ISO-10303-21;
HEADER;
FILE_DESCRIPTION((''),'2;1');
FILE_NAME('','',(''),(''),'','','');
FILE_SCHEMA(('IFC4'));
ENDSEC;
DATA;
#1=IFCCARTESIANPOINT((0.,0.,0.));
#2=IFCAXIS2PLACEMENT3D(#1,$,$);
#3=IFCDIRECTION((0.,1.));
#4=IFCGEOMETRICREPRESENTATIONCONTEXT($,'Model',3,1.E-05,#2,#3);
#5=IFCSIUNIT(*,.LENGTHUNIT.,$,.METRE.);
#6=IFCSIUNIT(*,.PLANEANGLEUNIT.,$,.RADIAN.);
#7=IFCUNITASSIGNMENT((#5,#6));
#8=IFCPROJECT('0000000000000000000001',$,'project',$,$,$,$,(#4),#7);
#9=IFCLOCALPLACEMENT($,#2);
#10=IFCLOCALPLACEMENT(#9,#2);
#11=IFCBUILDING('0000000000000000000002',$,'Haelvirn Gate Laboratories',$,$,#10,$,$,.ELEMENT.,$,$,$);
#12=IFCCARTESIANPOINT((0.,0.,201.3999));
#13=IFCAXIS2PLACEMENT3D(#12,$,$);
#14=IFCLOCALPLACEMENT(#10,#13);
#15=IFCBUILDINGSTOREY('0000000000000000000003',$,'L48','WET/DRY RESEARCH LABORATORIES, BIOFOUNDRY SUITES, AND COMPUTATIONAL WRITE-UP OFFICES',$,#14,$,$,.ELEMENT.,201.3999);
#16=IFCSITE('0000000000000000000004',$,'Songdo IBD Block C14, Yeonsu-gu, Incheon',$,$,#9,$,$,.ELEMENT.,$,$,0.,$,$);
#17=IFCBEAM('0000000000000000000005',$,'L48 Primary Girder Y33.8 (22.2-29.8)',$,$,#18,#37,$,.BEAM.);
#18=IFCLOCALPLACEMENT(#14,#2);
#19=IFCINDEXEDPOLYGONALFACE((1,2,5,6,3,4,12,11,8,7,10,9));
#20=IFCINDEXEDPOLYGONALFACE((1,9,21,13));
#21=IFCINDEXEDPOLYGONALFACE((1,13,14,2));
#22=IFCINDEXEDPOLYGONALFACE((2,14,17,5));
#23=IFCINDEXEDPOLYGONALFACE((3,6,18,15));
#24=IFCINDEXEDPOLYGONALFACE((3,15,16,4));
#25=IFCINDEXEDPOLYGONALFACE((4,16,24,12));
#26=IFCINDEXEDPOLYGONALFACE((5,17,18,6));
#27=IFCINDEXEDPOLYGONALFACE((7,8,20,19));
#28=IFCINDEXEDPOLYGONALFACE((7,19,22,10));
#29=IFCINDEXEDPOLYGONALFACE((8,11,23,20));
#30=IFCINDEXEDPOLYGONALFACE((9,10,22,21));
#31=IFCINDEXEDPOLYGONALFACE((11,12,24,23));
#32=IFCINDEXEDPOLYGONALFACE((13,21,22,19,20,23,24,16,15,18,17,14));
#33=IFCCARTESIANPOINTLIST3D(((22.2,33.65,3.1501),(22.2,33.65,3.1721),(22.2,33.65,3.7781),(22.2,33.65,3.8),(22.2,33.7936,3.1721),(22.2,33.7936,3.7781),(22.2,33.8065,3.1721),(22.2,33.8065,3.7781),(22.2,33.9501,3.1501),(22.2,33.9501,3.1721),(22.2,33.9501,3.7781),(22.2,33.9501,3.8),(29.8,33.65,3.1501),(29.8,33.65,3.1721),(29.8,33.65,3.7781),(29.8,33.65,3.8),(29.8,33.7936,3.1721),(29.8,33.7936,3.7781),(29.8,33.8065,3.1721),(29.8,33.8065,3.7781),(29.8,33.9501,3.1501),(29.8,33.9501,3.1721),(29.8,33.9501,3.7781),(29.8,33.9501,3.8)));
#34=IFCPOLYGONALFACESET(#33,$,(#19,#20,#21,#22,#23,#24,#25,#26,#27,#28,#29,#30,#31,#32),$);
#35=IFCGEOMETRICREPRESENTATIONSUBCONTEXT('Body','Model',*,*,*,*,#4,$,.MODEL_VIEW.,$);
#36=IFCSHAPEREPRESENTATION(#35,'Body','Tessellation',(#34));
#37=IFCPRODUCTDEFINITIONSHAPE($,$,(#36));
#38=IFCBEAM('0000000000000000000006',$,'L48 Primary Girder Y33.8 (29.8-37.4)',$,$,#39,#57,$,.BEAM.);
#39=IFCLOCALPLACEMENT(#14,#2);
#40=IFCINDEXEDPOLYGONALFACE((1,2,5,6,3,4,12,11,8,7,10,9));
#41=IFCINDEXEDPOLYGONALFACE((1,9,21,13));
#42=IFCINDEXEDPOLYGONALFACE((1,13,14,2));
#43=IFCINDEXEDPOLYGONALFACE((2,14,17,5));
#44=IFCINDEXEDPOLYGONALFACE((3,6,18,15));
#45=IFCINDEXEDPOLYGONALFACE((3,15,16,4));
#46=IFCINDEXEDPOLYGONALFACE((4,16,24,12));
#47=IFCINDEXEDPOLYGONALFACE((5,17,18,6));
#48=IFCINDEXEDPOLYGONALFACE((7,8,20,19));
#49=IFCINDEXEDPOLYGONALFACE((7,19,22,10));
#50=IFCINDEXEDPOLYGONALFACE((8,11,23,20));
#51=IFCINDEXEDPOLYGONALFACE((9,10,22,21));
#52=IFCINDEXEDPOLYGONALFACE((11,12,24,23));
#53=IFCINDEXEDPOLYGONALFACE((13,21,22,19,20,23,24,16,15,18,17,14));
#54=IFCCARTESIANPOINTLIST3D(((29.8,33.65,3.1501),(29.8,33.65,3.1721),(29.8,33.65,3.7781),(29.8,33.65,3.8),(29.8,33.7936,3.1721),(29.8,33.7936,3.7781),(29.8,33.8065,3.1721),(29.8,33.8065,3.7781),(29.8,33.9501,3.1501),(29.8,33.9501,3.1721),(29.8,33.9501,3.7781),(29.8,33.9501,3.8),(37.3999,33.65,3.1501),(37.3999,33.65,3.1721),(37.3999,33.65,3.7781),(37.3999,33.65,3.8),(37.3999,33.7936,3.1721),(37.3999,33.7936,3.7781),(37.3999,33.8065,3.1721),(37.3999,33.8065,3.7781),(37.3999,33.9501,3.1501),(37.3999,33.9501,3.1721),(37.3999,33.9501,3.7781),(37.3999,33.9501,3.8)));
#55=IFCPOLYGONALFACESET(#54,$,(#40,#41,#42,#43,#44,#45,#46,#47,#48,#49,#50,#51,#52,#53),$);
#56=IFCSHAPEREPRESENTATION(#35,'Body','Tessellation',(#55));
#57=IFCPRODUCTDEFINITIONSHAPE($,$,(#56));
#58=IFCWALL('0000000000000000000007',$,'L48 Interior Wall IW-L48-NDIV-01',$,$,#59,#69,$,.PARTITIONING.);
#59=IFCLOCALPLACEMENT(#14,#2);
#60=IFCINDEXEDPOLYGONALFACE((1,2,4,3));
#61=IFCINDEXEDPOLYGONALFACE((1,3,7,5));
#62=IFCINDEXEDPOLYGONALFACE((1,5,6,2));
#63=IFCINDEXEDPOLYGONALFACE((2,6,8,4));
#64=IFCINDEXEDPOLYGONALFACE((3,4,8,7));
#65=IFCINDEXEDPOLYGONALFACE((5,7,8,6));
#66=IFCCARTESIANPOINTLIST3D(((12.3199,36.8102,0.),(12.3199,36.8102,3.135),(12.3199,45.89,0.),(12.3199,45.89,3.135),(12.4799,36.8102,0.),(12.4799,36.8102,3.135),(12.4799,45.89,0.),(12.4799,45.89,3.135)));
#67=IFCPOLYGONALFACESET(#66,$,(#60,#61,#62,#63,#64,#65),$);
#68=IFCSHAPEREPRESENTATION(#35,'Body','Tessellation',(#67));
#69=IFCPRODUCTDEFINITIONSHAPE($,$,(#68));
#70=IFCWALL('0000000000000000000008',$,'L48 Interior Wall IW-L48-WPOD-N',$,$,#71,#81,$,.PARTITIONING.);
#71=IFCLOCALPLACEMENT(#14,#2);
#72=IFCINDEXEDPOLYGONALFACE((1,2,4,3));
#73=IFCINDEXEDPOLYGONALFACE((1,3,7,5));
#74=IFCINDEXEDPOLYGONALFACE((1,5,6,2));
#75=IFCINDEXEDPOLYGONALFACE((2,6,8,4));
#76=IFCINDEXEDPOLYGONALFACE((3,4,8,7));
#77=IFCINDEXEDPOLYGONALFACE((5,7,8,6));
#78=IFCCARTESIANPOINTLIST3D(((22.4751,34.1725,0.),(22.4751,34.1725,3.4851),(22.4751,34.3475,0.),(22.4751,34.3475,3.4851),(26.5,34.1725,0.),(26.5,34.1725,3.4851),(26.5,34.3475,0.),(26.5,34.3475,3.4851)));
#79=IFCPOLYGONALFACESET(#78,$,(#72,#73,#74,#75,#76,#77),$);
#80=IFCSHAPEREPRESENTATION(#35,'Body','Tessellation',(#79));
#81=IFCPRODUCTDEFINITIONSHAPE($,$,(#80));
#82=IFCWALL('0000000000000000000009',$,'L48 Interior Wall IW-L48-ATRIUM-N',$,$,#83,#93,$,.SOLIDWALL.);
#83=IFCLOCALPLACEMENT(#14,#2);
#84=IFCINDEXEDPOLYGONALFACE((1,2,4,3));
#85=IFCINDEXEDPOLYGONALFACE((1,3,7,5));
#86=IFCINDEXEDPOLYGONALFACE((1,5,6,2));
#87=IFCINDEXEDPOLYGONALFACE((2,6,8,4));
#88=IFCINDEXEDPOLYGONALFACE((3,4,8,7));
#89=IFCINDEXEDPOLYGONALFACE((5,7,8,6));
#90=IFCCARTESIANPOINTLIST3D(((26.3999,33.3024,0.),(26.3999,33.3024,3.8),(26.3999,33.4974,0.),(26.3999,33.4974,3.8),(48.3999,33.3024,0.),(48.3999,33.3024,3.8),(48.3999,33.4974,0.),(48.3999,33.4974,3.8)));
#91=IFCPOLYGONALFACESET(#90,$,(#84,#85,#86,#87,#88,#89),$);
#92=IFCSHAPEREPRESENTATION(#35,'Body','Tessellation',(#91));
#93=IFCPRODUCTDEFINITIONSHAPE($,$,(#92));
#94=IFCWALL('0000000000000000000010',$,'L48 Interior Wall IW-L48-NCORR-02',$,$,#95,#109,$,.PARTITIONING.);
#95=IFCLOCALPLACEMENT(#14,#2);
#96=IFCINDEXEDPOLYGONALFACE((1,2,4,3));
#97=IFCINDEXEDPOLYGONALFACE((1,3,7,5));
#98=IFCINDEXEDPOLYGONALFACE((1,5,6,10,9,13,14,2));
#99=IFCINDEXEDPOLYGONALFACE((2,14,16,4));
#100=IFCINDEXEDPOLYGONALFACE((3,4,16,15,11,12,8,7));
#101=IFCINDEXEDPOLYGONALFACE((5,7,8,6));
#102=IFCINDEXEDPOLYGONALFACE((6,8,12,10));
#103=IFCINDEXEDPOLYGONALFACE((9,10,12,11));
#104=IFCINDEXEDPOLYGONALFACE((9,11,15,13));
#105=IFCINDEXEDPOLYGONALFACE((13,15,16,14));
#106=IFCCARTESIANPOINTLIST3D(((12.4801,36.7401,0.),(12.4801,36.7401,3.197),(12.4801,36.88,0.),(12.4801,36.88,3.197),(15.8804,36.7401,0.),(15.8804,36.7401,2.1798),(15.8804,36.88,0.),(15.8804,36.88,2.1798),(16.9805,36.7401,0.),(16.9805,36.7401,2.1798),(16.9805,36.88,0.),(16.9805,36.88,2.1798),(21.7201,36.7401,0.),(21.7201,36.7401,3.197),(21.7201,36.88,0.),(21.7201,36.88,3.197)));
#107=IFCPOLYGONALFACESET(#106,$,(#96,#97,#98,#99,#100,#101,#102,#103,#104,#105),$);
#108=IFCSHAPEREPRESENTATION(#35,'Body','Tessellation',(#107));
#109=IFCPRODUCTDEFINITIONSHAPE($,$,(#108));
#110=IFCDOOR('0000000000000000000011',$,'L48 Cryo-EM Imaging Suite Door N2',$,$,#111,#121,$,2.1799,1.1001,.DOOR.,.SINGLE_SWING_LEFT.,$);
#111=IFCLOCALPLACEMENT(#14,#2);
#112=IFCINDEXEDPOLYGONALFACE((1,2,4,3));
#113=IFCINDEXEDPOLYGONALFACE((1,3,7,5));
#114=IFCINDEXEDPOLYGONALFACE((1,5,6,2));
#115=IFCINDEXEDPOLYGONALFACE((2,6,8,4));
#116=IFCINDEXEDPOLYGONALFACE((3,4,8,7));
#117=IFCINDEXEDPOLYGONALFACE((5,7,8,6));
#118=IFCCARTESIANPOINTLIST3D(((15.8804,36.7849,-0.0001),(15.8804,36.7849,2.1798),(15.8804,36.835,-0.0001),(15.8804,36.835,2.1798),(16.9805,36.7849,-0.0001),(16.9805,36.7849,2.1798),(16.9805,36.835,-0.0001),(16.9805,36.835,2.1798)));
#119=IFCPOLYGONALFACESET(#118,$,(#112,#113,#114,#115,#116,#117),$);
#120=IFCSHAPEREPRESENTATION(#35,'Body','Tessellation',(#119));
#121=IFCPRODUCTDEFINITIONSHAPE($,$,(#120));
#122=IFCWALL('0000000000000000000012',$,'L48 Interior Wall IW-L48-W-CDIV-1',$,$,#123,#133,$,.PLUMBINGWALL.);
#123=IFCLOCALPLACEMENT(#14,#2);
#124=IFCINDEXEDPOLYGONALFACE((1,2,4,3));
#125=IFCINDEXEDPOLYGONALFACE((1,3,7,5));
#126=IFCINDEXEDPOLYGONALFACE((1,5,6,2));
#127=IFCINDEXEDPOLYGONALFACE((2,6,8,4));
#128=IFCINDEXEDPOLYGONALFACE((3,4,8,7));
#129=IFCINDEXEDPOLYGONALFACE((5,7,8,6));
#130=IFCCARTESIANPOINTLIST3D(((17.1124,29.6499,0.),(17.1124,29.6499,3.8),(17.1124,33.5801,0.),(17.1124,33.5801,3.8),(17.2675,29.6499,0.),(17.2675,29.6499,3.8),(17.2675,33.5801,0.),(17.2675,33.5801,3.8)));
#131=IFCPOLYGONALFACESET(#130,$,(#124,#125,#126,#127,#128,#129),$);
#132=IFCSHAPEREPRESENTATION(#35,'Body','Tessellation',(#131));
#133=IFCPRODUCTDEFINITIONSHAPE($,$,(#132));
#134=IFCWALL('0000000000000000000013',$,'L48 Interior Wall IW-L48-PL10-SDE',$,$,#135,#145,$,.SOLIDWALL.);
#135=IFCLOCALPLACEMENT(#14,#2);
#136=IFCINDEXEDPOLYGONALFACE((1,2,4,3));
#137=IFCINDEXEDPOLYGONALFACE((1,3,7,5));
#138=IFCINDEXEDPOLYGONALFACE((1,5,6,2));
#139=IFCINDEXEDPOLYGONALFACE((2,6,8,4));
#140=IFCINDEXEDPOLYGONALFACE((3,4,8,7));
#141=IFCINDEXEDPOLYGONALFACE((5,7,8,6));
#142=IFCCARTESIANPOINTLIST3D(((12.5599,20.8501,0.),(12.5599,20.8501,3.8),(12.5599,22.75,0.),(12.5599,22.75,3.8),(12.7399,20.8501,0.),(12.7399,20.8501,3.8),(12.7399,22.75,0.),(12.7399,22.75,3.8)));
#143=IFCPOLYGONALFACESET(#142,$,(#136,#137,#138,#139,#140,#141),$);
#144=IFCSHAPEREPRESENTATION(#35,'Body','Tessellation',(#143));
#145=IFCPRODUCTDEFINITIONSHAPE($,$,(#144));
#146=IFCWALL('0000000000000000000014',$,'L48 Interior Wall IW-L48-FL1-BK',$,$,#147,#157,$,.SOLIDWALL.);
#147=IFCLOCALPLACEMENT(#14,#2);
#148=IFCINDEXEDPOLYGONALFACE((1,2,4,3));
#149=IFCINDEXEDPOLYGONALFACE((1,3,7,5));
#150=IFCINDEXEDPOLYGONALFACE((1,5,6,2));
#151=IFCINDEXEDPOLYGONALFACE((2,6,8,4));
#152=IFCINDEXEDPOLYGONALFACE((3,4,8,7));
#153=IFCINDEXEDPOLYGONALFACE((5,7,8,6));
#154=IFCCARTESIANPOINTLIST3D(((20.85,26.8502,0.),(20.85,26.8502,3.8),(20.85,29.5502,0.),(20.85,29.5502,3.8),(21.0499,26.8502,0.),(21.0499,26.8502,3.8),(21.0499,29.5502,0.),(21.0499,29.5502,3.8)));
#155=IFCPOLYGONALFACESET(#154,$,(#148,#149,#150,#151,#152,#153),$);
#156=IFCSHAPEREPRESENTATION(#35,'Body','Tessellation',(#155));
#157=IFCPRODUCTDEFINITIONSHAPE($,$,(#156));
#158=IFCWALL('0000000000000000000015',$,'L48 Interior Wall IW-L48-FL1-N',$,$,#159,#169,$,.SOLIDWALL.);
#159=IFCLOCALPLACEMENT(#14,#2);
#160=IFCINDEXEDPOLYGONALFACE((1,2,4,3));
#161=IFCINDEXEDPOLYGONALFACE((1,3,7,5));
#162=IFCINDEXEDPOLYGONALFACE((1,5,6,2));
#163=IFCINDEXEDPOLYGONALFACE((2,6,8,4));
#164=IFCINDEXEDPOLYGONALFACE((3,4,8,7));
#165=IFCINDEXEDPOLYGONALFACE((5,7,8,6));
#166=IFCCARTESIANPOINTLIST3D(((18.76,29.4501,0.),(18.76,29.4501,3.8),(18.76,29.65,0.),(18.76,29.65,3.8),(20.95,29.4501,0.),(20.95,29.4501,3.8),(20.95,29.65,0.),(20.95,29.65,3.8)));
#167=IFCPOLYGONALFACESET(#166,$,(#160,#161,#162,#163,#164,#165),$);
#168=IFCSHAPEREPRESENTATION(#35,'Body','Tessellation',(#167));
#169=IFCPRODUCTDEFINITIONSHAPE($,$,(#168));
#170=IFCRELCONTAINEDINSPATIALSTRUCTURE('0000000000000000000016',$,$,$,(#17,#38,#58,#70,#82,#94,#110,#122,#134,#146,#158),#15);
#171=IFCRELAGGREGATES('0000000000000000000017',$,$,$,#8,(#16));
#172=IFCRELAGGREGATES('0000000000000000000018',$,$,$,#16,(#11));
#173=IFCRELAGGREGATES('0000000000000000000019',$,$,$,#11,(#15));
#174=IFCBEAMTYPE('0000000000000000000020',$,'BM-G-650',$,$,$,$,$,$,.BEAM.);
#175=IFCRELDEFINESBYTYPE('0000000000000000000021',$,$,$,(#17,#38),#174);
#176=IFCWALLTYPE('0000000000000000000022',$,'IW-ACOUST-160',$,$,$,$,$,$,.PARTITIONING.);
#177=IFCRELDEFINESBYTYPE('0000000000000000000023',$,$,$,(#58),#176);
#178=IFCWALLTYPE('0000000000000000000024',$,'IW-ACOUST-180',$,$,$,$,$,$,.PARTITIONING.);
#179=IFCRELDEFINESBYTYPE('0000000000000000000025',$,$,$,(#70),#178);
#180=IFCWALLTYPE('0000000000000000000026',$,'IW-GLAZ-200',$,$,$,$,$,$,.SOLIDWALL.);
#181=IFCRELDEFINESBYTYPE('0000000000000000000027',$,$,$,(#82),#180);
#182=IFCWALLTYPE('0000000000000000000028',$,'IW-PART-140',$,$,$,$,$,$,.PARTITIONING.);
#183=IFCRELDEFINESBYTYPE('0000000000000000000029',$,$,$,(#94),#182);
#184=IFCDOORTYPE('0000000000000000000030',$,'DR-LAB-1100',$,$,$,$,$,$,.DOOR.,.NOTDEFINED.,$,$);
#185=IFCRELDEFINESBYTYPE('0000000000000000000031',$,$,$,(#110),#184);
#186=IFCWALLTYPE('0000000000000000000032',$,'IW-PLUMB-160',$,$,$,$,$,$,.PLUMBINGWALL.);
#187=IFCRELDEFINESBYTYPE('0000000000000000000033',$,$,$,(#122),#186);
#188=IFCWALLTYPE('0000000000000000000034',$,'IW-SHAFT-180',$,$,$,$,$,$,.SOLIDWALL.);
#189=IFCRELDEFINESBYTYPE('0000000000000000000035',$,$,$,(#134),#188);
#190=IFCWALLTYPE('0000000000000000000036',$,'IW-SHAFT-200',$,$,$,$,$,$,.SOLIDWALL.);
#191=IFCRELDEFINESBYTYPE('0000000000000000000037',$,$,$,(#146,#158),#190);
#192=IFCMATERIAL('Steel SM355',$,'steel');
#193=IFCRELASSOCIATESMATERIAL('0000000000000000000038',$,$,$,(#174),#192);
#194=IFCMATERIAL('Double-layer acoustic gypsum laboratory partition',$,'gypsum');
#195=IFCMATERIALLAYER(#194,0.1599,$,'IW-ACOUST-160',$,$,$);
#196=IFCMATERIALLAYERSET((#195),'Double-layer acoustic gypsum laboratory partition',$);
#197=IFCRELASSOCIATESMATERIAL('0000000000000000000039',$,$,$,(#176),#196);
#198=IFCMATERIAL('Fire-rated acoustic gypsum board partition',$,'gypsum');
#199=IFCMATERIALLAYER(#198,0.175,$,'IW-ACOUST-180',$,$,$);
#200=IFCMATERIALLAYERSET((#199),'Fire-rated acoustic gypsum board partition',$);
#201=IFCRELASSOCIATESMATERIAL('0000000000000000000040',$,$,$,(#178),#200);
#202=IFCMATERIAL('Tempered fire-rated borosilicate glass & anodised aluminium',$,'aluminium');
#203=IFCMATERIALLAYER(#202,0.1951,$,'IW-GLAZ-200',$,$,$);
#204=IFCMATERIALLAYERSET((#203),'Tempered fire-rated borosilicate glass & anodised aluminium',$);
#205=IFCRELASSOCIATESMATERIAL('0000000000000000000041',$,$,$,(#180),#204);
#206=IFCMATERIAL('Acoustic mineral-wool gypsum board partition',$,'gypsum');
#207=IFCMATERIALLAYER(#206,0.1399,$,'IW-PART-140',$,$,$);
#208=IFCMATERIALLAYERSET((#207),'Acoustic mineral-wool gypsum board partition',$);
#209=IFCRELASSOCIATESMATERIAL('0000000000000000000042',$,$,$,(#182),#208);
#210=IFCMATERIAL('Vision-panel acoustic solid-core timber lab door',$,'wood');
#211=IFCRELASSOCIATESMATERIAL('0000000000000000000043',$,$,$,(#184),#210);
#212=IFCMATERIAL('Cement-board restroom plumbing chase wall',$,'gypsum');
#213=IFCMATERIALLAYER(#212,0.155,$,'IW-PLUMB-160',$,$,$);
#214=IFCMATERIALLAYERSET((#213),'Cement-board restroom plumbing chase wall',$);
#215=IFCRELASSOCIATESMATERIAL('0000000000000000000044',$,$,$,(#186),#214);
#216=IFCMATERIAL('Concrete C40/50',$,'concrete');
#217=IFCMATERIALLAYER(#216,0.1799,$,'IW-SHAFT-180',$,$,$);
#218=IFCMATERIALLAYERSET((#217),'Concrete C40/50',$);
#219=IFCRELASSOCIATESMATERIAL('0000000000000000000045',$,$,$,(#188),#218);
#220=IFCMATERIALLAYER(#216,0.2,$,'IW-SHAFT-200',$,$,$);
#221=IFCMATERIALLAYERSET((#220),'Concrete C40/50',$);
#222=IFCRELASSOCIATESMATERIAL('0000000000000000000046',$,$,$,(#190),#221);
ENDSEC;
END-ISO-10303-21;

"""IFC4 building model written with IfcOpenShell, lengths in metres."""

from ifc_helpers import new_model, si_unit, direction, frame, frame_2d, origin, origin_2d, place, context, subcontext, project, spatial, rectangle, i_section, extrude, source, transform, mapped, material, layer, layer_set, material_profile, profile_set, type_object, type_shapes, element, fill, save


model = new_model("IFC4")

# Units and contexts
model_context = context("Model", 3, precision=1e-05, world=origin(), true_north=direction((0.0, 1.0)))
body_context = subcontext(model_context, "Body", "Model", "MODEL_VIEW")
ifc_project = project(units=[si_unit("LENGTHUNIT", "METRE"), si_unit("PLANEANGLEUNIT", "RADIAN")], contexts=[model_context])

# Site, building, storey
site_placement = place(None, origin())
site = spatial("IfcSite", under=ifc_project, at=site_placement, Name="Songdo IBD Block C14, Yeonsu-gu, Incheon", CompositionType="ELEMENT", RefElevation=0.0)
building_placement = place(site_placement, origin())
building = spatial("IfcBuilding", under=site, at=building_placement, Name="Haelvirn Gate Laboratories", CompositionType="ELEMENT")
storey_placement = place(building_placement, frame((0.0, 0.0, 201.3999)))
storey = spatial("IfcBuildingStorey", under=building, at=storey_placement, Name="L48", Description="WET/DRY RESEARCH LABORATORIES, BIOFOUNDRY SUITES, AND COMPUTATIONAL WRITE-UP OFFICES", CompositionType="ELEMENT", Elevation=201.3999)

# Shared definitions
ifc_material_1 = material(Name="Steel SM355", Category="steel")

# Beams
ifc_material_profile_1 = material_profile(ifc_material_1, i_section(OverallWidth=0.3, OverallDepth=0.6499, WebThickness=0.0129, FlangeThickness=0.022, at=origin_2d()), Name="H-650x300x13x22")
ifc_profile_set_1 = profile_set([ifc_material_profile_1], Name="Steel SM355")
beam_type_1 = type_object("IfcBeamType", Name="BM-G-650", PredefinedType="BEAM", material=ifc_profile_set_1)
shared_shape_1 = source(origin(), body_context, "Body", "SweptSolid", [
    extrude(i_section(OverallWidth=0.3, OverallDepth=0.6499, WebThickness=0.0129, FlangeThickness=0.022, at=origin_2d()), origin(), (0.0, 0.0, 1.0), 7.6001),
])
beam_1_placement = place(storey_placement, frame((22.2, 33.8, 3.4751), z_axis=(1.0, 0.0, 0.0), x_axis=(0.0, 1.0, 0.0)))
element("IfcBeam", 1, at=beam_1_placement, inside=storey, type_object=beam_type_1, Name="L48 Primary Girder Y33.8 (22.2-29.8)", PredefinedType="BEAM", context=body_context, shape_type="MappedRepresentation", body=[
    mapped(shared_shape_1, transform((0.0, 0.0, 0.0), scale=1.0)),
])
shared_shape_2 = source(origin(), body_context, "Body", "SweptSolid", [
    extrude(i_section(OverallWidth=0.3, OverallDepth=0.6499, WebThickness=0.0129, FlangeThickness=0.022, at=origin_2d()), origin(), (0.0, 0.0, 1.0), 7.5999),
])
type_shapes(beam_type_1, [shared_shape_1, shared_shape_2])
beam_2_placement = place(storey_placement, frame((29.8, 33.8, 3.4751), z_axis=(1.0, 0.0, 0.0), x_axis=(0.0, 1.0, 0.0)))
element("IfcBeam", 2, at=beam_2_placement, inside=storey, type_object=beam_type_1, Name="L48 Primary Girder Y33.8 (29.8-37.4)", PredefinedType="BEAM", context=body_context, shape_type="MappedRepresentation", body=[
    mapped(shared_shape_2, transform((0.0, 0.0, 0.0), scale=1.0)),
])

# Walls
ifc_material_2 = material(Name="Double-layer acoustic gypsum laboratory partition", Category="gypsum")
ifc_layer_1 = layer(ifc_material_2, 0.1599, Name="IW-ACOUST-160")
ifc_layer_set_1 = layer_set([ifc_layer_1], Name="Double-layer acoustic gypsum laboratory partition")
wall_type_1 = type_object("IfcWallType", Name="IW-ACOUST-160", PredefinedType="PARTITIONING", material=ifc_layer_set_1)
wall_1_placement = place(storey_placement, frame((12.3999, 36.8101, 0.0), z_axis=(0.0, 0.0, 1.0), x_axis=(0.0, 1.0, 0.0)))
element("IfcWall", 3, at=wall_1_placement, inside=storey, type_object=wall_type_1, Name="L48 Interior Wall IW-L48-NDIV-01", PredefinedType="PARTITIONING", context=body_context, shape_type="SweptSolid", body=[
    extrude(rectangle(XDim=9.0798, YDim=0.1599, at=frame_2d((4.54, 0.0))), origin(), (0.0, 0.0, 1.0), 3.135),
])
ifc_material_3 = material(Name="Fire-rated acoustic gypsum board partition", Category="gypsum")
ifc_layer_2 = layer(ifc_material_3, 0.175, Name="IW-ACOUST-180")
ifc_layer_set_2 = layer_set([ifc_layer_2], Name="Fire-rated acoustic gypsum board partition")
wall_type_2 = type_object("IfcWallType", Name="IW-ACOUST-180", PredefinedType="PARTITIONING", material=ifc_layer_set_2)
wall_2_placement = place(storey_placement, frame((22.4751, 34.26, 0.0), z_axis=(0.0, 0.0, 1.0), x_axis=(1.0, 0.0, 0.0)))
element("IfcWall", 4, at=wall_2_placement, inside=storey, type_object=wall_type_2, Name="L48 Interior Wall IW-L48-WPOD-N", PredefinedType="PARTITIONING", context=body_context, shape_type="SweptSolid", body=[
    extrude(rectangle(XDim=4.0249, YDim=0.175, at=frame_2d((2.0125, 0.0))), origin(), (0.0, 0.0, 1.0), 3.4851),
])
ifc_material_4 = material(Name="Tempered fire-rated borosilicate glass & anodised aluminium", Category="aluminium")
ifc_layer_3 = layer(ifc_material_4, 0.1951, Name="IW-GLAZ-200")
ifc_layer_set_3 = layer_set([ifc_layer_3], Name="Tempered fire-rated borosilicate glass & anodised aluminium")
wall_type_3 = type_object("IfcWallType", Name="IW-GLAZ-200", PredefinedType="SOLIDWALL", material=ifc_layer_set_3)
wall_3_placement = place(storey_placement, frame((26.3999, 33.3999, 0.0), z_axis=(0.0, 0.0, 1.0), x_axis=(1.0, 0.0, 0.0)))
element("IfcWall", 5, at=wall_3_placement, inside=storey, type_object=wall_type_3, Name="L48 Interior Wall IW-L48-ATRIUM-N", PredefinedType="SOLIDWALL", context=body_context, shape_type="SweptSolid", body=[
    extrude(rectangle(XDim=22.0, YDim=0.1951, at=frame_2d((11.0, 0.0))), origin(), (0.0, 0.0, 1.0), 3.8),
])

# Wall, opening, door
ifc_material_5 = material(Name="Acoustic mineral-wool gypsum board partition", Category="gypsum")
ifc_layer_4 = layer(ifc_material_5, 0.1399, Name="IW-PART-140")
ifc_layer_set_4 = layer_set([ifc_layer_4], Name="Acoustic mineral-wool gypsum board partition")
wall_type_4 = type_object("IfcWallType", Name="IW-PART-140", PredefinedType="PARTITIONING", material=ifc_layer_set_4)
wall_4_placement = place(storey_placement, frame((12.48, 36.8101, 0.0), z_axis=(0.0, 0.0, 1.0), x_axis=(1.0, 0.0, 0.0)))
wall_4 = element("IfcWall", 6, at=wall_4_placement, inside=storey, type_object=wall_type_4, Name="L48 Interior Wall IW-L48-NCORR-02", PredefinedType="PARTITIONING", context=body_context, shape_type="SweptSolid", body=[
    extrude(rectangle(XDim=9.24, YDim=0.1399, at=frame_2d((4.6201, 0.0))), origin(), (0.0, 0.0, 1.0), 3.197),
])
opening_1_placement = place(wall_4_placement, frame((3.4004, 0.0, 0.0)))
opening_1 = element("IfcOpeningElement", 7, at=opening_1_placement, cuts=wall_4, PredefinedType="OPENING", context=body_context, shape_type="SweptSolid", body=[
    extrude(rectangle(XDim=1.1001, YDim=2.1799, at=frame_2d((0.55, 1.0898))), frame((0.0, 0.0801, 0.0), z_axis=(0.0, -1.0, 0.0), x_axis=(1.0, 0.0, 0.0)), (0.0, 0.0, 1.0), 0.1599),
])
ifc_material_6 = material(Name="Vision-panel acoustic solid-core timber lab door", Category="wood")
door_type_1 = type_object("IfcDoorType", Name="DR-LAB-1100", OperationType="NOTDEFINED", PredefinedType="DOOR", material=ifc_material_6)
shared_shape_3 = source(origin(), body_context, "Body", "SweptSolid", [
    extrude(rectangle(XDim=1.1001, YDim=2.1799, at=frame_2d((0.55, 1.0898))), frame((0.0, 0.0249, 0.0), z_axis=(0.0, -1.0, 0.0), x_axis=(1.0, 0.0, 0.0)), (0.0, 0.0, 1.0), 0.05),
])
type_shapes(door_type_1, [shared_shape_3])
door_1_placement = place(opening_1_placement, origin())
door_1 = element("IfcDoor", 8, at=door_1_placement, inside=storey, type_object=door_type_1, Name="L48 Cryo-EM Imaging Suite Door N2", OperationType="SINGLE_SWING_LEFT", OverallHeight=2.1799, OverallWidth=1.1001, PredefinedType="DOOR", context=body_context, shape_type="MappedRepresentation", body=[
    mapped(shared_shape_3, transform((0.0, 0.0, 0.0), scale=1.0)),
])
fill(opening_1, door_1)

# Walls
ifc_material_7 = material(Name="Cement-board restroom plumbing chase wall", Category="gypsum")
ifc_layer_5 = layer(ifc_material_7, 0.155, Name="IW-PLUMB-160")
ifc_layer_set_5 = layer_set([ifc_layer_5], Name="Cement-board restroom plumbing chase wall")
wall_type_5 = type_object("IfcWallType", Name="IW-PLUMB-160", PredefinedType="PLUMBINGWALL", material=ifc_layer_set_5)
wall_5_placement = place(storey_placement, frame((17.1899, 29.6499, 0.0), z_axis=(0.0, 0.0, 1.0), x_axis=(0.0, 1.0, 0.0)))
element("IfcWall", 9, at=wall_5_placement, inside=storey, type_object=wall_type_5, Name="L48 Interior Wall IW-L48-W-CDIV-1", PredefinedType="PLUMBINGWALL", context=body_context, shape_type="SweptSolid", body=[
    extrude(rectangle(XDim=3.9302, YDim=0.155, at=frame_2d((1.9651, 0.0))), origin(), (0.0, 0.0, 1.0), 3.8),
])
ifc_material_8 = material(Name="Concrete C40/50", Category="concrete")
ifc_layer_6 = layer(ifc_material_8, 0.1799, Name="IW-SHAFT-180")
ifc_layer_set_6 = layer_set([ifc_layer_6], Name="Concrete C40/50")
wall_type_6 = type_object("IfcWallType", Name="IW-SHAFT-180", PredefinedType="SOLIDWALL", material=ifc_layer_set_6)
wall_6_placement = place(storey_placement, frame((12.6499, 20.8501, 0.0), z_axis=(0.0, 0.0, 1.0), x_axis=(0.0, 1.0, 0.0)))
element("IfcWall", 10, at=wall_6_placement, inside=storey, type_object=wall_type_6, Name="L48 Interior Wall IW-L48-PL10-SDE", PredefinedType="SOLIDWALL", context=body_context, shape_type="SweptSolid", body=[
    extrude(rectangle(XDim=1.8999, YDim=0.1799, at=frame_2d((0.95, 0.0))), origin(), (0.0, 0.0, 1.0), 3.8),
])
ifc_layer_7 = layer(ifc_material_8, 0.2, Name="IW-SHAFT-200")
ifc_layer_set_7 = layer_set([ifc_layer_7], Name="Concrete C40/50")
wall_type_7 = type_object("IfcWallType", Name="IW-SHAFT-200", PredefinedType="SOLIDWALL", material=ifc_layer_set_7)
wall_7_placement = place(storey_placement, frame((20.95, 26.8501, 0.0), z_axis=(0.0, 0.0, 1.0), x_axis=(0.0, 1.0, 0.0)))
element("IfcWall", 11, at=wall_7_placement, inside=storey, type_object=wall_type_7, Name="L48 Interior Wall IW-L48-FL1-BK", PredefinedType="SOLIDWALL", context=body_context, shape_type="SweptSolid", body=[
    extrude(rectangle(XDim=2.7, YDim=0.2, at=frame_2d((1.3501, 0.0))), origin(), (0.0, 0.0, 1.0), 3.8),
])
wall_8_placement = place(storey_placement, frame((18.76, 29.55, 0.0), z_axis=(0.0, 0.0, 1.0), x_axis=(1.0, 0.0, 0.0)))
element("IfcWall", 12, at=wall_8_placement, inside=storey, type_object=wall_type_7, Name="L48 Interior Wall IW-L48-FL1-N", PredefinedType="SOLIDWALL", context=body_context, shape_type="SweptSolid", body=[
    extrude(rectangle(XDim=2.1899, YDim=0.2, at=frame_2d((1.095, 0.0))), origin(), (0.0, 0.0, 1.0), 3.8),
])

save(model, "model.ifc")
